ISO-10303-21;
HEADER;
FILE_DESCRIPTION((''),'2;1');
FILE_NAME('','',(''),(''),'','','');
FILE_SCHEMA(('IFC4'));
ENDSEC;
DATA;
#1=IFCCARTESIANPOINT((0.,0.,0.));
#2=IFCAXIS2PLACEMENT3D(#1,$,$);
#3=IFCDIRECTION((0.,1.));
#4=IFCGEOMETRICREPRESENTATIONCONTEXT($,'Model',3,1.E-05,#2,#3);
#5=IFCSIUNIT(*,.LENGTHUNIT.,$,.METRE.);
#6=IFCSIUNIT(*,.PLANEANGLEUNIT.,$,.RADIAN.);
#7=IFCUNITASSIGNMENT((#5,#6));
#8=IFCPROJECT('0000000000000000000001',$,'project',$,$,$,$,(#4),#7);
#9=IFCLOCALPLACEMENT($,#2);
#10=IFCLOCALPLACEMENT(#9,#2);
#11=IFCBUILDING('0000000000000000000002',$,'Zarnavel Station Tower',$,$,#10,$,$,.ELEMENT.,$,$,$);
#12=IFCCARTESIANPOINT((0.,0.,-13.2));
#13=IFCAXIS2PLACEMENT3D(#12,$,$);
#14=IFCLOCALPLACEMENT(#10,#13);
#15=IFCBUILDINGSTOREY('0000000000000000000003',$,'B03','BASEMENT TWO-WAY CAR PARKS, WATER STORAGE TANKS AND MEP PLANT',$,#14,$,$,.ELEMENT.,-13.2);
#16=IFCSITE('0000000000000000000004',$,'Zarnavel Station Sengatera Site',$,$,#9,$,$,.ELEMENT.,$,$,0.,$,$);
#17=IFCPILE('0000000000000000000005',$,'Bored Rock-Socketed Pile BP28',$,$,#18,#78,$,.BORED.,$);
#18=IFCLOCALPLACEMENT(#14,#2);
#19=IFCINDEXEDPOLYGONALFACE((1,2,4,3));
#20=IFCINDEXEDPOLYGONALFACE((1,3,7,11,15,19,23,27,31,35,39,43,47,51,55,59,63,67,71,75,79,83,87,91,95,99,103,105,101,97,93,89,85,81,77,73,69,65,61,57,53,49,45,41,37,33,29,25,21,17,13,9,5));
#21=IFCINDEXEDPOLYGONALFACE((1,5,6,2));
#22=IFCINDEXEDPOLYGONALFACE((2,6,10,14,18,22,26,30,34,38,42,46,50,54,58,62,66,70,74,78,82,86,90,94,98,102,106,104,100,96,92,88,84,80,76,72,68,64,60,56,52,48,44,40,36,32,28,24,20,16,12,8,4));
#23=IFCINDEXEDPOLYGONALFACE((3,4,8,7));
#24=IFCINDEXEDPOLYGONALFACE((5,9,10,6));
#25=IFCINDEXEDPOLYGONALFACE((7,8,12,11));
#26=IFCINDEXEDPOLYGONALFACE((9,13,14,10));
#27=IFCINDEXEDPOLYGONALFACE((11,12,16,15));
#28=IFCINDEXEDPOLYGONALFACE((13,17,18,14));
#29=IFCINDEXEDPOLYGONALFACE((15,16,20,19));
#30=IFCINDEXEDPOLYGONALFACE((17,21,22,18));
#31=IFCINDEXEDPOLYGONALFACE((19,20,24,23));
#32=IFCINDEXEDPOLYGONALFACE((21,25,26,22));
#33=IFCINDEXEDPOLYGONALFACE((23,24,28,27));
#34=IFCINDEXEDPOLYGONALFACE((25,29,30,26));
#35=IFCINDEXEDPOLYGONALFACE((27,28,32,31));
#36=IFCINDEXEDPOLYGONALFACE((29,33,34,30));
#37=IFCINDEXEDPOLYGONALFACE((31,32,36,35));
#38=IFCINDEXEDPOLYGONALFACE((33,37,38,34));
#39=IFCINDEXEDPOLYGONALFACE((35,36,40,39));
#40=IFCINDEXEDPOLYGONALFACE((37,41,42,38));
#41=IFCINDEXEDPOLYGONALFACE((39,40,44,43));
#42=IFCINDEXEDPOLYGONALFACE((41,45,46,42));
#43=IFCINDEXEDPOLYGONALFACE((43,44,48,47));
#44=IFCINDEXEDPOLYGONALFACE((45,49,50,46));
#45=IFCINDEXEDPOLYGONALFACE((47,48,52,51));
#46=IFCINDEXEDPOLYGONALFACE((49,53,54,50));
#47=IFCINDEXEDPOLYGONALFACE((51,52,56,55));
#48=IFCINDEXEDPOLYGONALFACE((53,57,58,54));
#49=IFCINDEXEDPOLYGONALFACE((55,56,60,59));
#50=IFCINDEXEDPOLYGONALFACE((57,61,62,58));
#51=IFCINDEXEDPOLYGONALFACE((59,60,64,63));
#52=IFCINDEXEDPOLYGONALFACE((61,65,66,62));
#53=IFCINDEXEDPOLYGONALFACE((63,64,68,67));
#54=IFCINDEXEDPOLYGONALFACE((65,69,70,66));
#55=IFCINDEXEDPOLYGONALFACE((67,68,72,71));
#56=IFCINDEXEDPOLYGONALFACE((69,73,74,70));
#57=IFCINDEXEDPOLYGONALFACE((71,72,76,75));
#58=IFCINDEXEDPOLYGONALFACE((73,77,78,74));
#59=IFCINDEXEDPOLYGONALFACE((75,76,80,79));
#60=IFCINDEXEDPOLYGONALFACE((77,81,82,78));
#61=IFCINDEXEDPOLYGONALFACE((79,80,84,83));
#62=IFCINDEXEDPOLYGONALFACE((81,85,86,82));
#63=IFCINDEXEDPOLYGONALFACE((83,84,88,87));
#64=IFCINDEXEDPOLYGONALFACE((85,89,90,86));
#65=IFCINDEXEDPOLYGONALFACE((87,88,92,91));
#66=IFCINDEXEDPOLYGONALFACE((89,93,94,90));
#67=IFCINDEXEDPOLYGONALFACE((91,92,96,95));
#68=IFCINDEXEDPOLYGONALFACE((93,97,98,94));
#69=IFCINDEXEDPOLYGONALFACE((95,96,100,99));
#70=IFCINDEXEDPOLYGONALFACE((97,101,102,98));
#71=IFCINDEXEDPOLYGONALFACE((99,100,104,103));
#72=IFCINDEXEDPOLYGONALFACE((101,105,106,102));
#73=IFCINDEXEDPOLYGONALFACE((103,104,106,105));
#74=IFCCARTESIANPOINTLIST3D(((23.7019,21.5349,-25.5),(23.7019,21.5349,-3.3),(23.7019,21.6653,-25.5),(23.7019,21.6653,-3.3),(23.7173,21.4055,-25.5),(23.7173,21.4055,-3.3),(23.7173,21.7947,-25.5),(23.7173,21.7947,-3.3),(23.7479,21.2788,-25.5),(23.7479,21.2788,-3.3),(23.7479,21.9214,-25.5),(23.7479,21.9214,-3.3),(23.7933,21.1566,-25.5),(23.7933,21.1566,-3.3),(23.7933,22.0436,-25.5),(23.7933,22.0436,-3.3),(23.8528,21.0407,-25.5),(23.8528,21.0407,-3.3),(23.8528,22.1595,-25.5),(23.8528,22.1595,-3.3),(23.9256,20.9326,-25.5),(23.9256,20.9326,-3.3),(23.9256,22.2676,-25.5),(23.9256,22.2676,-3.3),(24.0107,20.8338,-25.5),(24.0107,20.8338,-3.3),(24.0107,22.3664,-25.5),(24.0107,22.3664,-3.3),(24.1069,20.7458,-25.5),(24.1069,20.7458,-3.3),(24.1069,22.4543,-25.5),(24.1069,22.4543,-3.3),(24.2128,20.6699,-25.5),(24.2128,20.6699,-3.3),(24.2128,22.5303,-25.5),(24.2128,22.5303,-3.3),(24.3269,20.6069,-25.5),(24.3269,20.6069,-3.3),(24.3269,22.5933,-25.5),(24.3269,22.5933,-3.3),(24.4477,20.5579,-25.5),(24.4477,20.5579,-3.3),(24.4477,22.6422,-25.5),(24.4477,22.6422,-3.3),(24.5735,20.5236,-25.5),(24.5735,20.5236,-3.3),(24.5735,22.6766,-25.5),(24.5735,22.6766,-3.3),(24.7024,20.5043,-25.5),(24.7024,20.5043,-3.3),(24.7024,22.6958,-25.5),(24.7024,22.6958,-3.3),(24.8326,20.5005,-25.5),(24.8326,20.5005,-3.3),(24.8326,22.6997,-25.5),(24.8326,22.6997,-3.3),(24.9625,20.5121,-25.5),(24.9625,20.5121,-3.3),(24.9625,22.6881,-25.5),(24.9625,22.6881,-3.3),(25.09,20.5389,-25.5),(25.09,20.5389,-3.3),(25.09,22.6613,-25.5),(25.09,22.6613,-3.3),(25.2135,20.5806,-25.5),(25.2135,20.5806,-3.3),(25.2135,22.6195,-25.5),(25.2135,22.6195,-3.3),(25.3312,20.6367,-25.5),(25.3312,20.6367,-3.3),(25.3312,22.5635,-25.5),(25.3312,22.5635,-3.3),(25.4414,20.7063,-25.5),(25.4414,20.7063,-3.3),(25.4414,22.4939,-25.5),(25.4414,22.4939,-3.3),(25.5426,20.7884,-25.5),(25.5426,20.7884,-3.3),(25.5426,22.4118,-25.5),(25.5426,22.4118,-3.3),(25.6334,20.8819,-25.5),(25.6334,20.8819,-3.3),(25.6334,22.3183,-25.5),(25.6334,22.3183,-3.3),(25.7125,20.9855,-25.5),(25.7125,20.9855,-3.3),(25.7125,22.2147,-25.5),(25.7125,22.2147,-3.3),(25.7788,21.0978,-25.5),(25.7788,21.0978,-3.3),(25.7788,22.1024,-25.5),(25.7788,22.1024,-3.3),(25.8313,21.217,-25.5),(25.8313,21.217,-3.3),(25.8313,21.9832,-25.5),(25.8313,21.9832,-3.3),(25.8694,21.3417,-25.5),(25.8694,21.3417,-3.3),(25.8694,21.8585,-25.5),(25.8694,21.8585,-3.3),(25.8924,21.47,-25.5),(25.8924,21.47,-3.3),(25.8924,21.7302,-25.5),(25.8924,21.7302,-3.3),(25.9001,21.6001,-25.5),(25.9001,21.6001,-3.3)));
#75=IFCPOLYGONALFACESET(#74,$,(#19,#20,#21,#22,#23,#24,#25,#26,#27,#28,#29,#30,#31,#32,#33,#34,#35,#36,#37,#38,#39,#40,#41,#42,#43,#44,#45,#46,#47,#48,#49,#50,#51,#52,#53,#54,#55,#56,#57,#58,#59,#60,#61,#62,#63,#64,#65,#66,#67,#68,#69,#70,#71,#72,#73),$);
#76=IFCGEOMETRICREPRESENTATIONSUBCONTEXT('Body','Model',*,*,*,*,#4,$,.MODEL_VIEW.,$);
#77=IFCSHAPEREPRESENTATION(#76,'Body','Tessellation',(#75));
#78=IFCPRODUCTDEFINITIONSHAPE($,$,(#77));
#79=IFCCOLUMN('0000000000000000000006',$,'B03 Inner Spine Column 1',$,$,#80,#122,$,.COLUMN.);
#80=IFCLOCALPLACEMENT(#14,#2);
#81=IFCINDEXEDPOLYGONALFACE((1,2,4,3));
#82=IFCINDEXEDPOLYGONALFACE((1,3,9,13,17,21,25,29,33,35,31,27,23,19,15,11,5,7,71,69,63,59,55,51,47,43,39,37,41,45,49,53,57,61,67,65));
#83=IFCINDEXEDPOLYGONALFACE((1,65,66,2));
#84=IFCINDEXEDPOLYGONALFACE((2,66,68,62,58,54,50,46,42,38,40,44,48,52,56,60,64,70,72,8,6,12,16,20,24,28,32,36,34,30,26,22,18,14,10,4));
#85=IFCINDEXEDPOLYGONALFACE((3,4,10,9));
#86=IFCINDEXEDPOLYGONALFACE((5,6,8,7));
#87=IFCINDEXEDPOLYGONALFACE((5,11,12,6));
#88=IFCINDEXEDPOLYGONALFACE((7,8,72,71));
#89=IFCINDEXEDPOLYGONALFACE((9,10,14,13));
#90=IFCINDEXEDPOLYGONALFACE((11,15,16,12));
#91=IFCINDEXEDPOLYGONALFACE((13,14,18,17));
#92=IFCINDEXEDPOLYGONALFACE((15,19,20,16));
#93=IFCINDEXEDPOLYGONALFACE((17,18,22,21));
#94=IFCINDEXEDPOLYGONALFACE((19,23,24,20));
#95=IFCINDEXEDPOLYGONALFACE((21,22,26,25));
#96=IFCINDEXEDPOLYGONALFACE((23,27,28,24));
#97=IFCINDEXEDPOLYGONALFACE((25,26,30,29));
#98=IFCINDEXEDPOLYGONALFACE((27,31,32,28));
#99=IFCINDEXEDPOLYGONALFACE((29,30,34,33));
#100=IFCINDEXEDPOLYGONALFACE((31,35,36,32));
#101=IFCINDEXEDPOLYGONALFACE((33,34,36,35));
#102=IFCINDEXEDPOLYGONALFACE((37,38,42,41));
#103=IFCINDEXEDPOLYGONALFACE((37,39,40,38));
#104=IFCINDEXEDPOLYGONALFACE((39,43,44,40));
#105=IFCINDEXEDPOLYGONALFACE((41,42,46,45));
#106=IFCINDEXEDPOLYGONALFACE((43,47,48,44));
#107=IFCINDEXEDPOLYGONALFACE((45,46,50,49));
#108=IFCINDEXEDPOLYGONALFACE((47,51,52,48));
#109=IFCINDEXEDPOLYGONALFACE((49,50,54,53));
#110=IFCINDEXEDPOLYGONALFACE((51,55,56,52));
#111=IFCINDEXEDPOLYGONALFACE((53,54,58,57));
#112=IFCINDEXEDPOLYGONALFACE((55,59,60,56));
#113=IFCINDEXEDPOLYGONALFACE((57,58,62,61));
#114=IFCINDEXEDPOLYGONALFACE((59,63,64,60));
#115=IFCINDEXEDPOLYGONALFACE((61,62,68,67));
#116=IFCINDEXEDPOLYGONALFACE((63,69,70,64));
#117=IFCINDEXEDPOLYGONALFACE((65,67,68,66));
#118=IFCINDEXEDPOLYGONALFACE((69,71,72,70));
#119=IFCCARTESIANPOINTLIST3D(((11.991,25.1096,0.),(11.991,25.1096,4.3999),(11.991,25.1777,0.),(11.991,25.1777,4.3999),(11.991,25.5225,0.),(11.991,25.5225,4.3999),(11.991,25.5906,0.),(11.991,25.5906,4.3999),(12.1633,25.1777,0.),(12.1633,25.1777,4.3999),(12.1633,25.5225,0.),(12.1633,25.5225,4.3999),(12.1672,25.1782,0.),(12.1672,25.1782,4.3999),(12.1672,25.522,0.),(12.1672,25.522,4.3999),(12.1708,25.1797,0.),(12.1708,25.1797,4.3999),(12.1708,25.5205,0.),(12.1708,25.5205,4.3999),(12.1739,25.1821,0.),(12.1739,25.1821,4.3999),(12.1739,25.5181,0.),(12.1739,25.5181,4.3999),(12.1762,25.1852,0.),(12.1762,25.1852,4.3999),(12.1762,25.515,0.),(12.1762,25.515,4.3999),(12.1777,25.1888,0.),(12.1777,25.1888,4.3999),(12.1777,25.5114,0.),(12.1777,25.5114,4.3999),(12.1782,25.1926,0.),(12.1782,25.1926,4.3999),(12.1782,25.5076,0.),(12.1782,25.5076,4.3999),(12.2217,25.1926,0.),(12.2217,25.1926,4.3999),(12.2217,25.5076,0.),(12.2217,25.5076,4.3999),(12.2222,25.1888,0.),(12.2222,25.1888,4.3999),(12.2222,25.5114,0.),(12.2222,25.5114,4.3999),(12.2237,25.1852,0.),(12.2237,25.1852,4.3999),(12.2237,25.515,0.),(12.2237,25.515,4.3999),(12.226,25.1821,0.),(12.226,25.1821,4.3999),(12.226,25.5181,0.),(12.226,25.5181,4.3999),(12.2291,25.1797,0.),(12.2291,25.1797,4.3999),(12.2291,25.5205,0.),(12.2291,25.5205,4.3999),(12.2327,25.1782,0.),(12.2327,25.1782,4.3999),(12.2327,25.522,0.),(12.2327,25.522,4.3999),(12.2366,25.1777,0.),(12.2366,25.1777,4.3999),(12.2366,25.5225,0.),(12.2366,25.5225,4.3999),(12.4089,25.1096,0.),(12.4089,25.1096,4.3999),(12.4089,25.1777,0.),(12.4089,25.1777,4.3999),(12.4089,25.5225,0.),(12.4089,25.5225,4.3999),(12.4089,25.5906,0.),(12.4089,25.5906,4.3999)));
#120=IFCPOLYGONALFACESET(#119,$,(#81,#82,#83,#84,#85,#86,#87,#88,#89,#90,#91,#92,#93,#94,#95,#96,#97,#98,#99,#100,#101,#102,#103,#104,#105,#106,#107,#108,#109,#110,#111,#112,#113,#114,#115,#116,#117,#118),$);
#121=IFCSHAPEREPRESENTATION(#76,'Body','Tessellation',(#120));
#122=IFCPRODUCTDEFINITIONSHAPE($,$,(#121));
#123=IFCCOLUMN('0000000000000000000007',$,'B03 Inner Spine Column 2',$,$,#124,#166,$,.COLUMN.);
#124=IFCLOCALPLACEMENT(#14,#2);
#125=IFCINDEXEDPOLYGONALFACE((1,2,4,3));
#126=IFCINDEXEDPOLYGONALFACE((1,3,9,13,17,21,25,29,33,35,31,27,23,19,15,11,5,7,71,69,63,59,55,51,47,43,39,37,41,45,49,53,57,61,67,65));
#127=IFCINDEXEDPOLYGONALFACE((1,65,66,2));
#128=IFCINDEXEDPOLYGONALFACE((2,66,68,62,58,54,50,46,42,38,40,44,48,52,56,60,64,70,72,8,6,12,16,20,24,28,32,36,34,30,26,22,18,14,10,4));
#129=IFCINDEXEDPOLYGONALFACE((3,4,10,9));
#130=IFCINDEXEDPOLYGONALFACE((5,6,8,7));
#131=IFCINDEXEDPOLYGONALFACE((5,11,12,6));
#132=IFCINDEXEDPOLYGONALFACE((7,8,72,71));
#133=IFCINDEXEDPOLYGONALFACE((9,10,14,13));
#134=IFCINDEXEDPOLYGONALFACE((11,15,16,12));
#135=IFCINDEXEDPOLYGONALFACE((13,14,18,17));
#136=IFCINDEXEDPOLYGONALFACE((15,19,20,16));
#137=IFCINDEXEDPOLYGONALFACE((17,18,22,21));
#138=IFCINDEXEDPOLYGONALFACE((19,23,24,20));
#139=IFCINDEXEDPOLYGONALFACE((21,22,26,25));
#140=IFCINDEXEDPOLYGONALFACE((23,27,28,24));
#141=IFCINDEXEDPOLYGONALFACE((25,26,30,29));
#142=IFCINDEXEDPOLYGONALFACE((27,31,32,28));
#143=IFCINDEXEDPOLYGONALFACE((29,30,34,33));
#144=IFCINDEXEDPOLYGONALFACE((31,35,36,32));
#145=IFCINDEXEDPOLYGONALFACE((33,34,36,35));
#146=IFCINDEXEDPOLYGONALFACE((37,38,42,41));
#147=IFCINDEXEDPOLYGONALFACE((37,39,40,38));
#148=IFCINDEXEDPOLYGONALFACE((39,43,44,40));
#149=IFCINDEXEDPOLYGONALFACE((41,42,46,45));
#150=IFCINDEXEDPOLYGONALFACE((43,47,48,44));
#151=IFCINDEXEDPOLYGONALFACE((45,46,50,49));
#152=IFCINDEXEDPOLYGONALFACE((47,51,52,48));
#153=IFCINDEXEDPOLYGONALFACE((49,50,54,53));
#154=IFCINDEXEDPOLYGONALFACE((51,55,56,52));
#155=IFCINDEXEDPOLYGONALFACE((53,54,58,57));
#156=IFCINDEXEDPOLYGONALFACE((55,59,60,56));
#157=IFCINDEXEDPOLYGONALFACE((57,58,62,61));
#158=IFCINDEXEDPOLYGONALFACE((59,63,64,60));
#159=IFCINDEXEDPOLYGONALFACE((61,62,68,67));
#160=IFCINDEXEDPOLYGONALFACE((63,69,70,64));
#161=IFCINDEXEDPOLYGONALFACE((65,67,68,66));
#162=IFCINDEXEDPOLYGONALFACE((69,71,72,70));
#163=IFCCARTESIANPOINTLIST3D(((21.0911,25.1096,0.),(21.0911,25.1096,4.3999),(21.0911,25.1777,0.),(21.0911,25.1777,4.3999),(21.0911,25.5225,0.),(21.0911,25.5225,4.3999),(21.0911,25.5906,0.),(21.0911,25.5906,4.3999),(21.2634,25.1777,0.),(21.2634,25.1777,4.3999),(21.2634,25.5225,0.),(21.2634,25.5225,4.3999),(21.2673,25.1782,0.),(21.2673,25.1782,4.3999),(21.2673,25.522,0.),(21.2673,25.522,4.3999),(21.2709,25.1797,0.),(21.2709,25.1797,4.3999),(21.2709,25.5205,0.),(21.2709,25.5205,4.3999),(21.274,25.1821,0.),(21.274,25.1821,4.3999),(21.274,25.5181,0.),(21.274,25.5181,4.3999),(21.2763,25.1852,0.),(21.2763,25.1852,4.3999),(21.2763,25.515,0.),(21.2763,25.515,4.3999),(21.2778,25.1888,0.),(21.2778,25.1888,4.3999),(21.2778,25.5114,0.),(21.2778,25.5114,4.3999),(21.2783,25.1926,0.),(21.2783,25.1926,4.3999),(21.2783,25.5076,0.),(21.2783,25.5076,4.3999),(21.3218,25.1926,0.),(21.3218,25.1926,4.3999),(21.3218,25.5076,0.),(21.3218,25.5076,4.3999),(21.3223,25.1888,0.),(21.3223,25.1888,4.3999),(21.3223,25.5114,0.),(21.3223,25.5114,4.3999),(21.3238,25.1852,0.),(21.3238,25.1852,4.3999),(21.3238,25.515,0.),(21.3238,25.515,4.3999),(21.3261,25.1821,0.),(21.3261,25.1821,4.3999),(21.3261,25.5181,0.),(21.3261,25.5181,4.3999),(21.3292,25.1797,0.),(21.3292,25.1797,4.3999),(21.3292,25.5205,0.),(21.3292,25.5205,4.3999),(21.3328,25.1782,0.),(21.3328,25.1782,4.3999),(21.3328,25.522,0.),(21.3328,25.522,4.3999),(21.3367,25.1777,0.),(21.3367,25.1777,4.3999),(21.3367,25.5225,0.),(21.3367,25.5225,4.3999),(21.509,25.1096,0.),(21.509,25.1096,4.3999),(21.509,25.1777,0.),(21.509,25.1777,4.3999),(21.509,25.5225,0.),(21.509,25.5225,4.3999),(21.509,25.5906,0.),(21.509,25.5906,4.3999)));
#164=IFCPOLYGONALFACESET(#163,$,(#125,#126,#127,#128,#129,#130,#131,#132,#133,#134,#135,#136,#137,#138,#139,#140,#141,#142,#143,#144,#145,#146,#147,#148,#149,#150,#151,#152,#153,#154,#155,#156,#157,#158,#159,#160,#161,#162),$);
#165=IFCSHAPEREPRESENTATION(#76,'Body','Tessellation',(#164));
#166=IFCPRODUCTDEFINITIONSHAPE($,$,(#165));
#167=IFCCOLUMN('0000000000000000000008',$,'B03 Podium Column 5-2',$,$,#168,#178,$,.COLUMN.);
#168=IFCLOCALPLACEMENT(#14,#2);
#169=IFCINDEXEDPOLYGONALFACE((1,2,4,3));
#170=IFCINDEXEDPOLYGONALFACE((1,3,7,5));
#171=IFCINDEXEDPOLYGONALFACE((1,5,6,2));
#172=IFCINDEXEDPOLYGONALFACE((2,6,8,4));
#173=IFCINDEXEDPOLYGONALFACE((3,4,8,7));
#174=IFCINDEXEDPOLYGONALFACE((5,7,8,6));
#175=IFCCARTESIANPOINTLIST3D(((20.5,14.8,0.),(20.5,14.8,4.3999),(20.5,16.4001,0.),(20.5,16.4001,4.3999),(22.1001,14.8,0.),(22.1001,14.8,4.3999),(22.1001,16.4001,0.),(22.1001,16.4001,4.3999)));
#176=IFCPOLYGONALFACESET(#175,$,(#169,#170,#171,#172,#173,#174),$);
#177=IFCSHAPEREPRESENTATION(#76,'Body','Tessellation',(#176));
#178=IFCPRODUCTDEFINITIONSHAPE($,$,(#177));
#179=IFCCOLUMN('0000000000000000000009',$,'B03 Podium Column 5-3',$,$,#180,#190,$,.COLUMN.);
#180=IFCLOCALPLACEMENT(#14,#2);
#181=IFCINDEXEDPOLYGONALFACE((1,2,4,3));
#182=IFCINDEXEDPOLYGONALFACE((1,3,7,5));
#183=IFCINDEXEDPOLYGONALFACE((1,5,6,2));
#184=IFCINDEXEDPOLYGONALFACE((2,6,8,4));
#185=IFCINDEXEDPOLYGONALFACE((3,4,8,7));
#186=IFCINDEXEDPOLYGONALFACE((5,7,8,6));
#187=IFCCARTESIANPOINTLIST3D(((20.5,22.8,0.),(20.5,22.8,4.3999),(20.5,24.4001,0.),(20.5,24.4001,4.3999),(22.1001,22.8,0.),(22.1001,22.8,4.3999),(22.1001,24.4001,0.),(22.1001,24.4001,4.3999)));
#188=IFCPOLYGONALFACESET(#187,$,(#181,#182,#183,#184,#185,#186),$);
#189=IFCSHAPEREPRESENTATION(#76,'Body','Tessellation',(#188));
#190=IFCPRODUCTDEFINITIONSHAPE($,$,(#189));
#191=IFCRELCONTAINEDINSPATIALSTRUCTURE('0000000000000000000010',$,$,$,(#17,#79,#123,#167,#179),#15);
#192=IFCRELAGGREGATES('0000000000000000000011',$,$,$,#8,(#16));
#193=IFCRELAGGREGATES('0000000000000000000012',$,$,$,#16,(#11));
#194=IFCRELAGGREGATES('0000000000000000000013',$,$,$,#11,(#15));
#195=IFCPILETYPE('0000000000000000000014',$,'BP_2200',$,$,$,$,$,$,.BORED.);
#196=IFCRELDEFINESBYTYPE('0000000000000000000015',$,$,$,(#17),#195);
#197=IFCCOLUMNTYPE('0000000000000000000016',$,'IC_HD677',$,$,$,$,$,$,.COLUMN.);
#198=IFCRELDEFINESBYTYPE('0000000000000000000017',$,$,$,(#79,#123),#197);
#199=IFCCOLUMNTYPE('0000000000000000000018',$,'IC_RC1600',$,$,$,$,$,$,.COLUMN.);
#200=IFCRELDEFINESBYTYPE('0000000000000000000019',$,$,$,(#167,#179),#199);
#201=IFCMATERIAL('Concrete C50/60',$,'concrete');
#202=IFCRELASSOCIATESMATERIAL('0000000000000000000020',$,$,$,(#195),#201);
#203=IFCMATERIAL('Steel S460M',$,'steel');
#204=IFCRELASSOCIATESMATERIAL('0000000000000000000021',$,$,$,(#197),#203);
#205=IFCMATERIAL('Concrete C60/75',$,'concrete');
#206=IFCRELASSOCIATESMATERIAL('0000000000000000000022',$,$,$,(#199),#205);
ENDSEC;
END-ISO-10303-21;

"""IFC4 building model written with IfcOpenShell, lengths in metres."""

from ifc_helpers import new_model, si_unit, direction, frame, origin, origin_2d, place, context, subcontext, project, spatial, rectangle, circle, i_section, extrude, material, material_profile, profile_set, type_object, element, save


model = new_model("IFC4")

# Units and contexts
model_context = context("Model", 3, precision=1e-05, world=origin(), true_north=direction((0.0, 1.0)))
body_context = subcontext(model_context, "Body", "Model", "MODEL_VIEW")
ifc_project = project(units=[si_unit("LENGTHUNIT", "METRE"), si_unit("PLANEANGLEUNIT", "RADIAN")], contexts=[model_context])

# Site, building, storey
site_placement = place(None, origin())
site = spatial("IfcSite", under=ifc_project, at=site_placement, Name="Zarnavel Station Sengatera Site", CompositionType="ELEMENT", RefElevation=0.0)
building_placement = place(site_placement, origin())
building = spatial("IfcBuilding", under=site, at=building_placement, Name="Zarnavel Station Tower", CompositionType="ELEMENT")
storey_placement = place(building_placement, frame((0.0, 0.0, -13.2)))
storey = spatial("IfcBuildingStorey", under=building, at=storey_placement, Name="B03", Description="BASEMENT TWO-WAY CAR PARKS, WATER STORAGE TANKS AND MEP PLANT", CompositionType="ELEMENT", Elevation=-13.2)

# Pile
ifc_material_1 = material(Name="Concrete C50/60", Category="concrete")
ifc_material_profile_1 = material_profile(ifc_material_1, circle(Radius=1.1001, at=origin_2d()), Name="PILE2200")
ifc_profile_set_1 = profile_set([ifc_material_profile_1], Name="Concrete C50/60")
pile_type = type_object("IfcPileType", Name="BP_2200", PredefinedType="BORED", material=ifc_profile_set_1)
for number, where, z_axis, x_axis, name in (
    (1, (24.8, 21.6001, -3.3), (0.0, 0.0, -1.0), (1.0, 0.0, 0.0), "Bored Rock-Socketed Pile BP28"),
):
    element("IfcPile", number, at=place(storey_placement, frame(where, z_axis=z_axis, x_axis=x_axis)), inside=storey, type_object=pile_type, Name=name, PredefinedType="BORED", context=body_context, shape_type="SweptSolid", body=[
        extrude(circle(Radius=1.1001, at=origin_2d()), origin(), (0.0, 0.0, 1.0), 22.2),
    ])

# Columns
ifc_material_2 = material(Name="Steel S460M", Category="steel")
ifc_material_profile_2 = material_profile(ifc_material_2, i_section(OverallWidth=0.418, OverallDepth=0.481, WebThickness=0.0435, FlangeThickness=0.0681, FilletRadius=0.0149, at=origin_2d()), Name="HD400x677")
ifc_profile_set_2 = profile_set([ifc_material_profile_2], Name="Steel S460M")
column_type_1 = type_object("IfcColumnType", Name="IC_HD677", PredefinedType="COLUMN", material=ifc_profile_set_2)
for number, where, z_axis, x_axis, name in (
    (2, (12.2, 25.3501, 0.0), (0.0, 0.0, 1.0), (1.0, 0.0, 0.0), "B03 Inner Spine Column 1"),
    (3, (21.3, 25.3501, 0.0), (0.0, 0.0, 1.0), (1.0, 0.0, 0.0), "B03 Inner Spine Column 2"),
):
    element("IfcColumn", number, at=place(storey_placement, frame(where, z_axis=z_axis, x_axis=x_axis)), inside=storey, type_object=column_type_1, Name=name, PredefinedType="COLUMN", context=body_context, shape_type="SweptSolid", body=[
        extrude(i_section(OverallWidth=0.418, OverallDepth=0.481, WebThickness=0.0435, FlangeThickness=0.0681, FilletRadius=0.0149, at=origin_2d()), origin(), (0.0, 0.0, 1.0), 4.3999),
    ])
ifc_material_3 = material(Name="Concrete C60/75", Category="concrete")
ifc_material_profile_3 = material_profile(ifc_material_3, rectangle(XDim=1.6001, YDim=1.6001, at=origin_2d()), Name="RC1600x1600")
ifc_profile_set_3 = profile_set([ifc_material_profile_3], Name="Concrete C60/75")
column_type_2 = type_object("IfcColumnType", Name="IC_RC1600", PredefinedType="COLUMN", material=ifc_profile_set_3)
for number, where, z_axis, x_axis, name in (
    (4, (21.3, 15.6001, 0.0), (0.0, 0.0, 1.0), (1.0, 0.0, 0.0), "B03 Podium Column 5-2"),
    (5, (21.3, 23.6001, 0.0), (0.0, 0.0, 1.0), (1.0, 0.0, 0.0), "B03 Podium Column 5-3"),
):
    element("IfcColumn", number, at=place(storey_placement, frame(where, z_axis=z_axis, x_axis=x_axis)), inside=storey, type_object=column_type_2, Name=name, PredefinedType="COLUMN", context=body_context, shape_type="SweptSolid", body=[
        extrude(rectangle(XDim=1.6001, YDim=1.6001, at=origin_2d()), origin(), (0.0, 0.0, 1.0), 4.3999),
    ])

save(model, "model.ifc")
